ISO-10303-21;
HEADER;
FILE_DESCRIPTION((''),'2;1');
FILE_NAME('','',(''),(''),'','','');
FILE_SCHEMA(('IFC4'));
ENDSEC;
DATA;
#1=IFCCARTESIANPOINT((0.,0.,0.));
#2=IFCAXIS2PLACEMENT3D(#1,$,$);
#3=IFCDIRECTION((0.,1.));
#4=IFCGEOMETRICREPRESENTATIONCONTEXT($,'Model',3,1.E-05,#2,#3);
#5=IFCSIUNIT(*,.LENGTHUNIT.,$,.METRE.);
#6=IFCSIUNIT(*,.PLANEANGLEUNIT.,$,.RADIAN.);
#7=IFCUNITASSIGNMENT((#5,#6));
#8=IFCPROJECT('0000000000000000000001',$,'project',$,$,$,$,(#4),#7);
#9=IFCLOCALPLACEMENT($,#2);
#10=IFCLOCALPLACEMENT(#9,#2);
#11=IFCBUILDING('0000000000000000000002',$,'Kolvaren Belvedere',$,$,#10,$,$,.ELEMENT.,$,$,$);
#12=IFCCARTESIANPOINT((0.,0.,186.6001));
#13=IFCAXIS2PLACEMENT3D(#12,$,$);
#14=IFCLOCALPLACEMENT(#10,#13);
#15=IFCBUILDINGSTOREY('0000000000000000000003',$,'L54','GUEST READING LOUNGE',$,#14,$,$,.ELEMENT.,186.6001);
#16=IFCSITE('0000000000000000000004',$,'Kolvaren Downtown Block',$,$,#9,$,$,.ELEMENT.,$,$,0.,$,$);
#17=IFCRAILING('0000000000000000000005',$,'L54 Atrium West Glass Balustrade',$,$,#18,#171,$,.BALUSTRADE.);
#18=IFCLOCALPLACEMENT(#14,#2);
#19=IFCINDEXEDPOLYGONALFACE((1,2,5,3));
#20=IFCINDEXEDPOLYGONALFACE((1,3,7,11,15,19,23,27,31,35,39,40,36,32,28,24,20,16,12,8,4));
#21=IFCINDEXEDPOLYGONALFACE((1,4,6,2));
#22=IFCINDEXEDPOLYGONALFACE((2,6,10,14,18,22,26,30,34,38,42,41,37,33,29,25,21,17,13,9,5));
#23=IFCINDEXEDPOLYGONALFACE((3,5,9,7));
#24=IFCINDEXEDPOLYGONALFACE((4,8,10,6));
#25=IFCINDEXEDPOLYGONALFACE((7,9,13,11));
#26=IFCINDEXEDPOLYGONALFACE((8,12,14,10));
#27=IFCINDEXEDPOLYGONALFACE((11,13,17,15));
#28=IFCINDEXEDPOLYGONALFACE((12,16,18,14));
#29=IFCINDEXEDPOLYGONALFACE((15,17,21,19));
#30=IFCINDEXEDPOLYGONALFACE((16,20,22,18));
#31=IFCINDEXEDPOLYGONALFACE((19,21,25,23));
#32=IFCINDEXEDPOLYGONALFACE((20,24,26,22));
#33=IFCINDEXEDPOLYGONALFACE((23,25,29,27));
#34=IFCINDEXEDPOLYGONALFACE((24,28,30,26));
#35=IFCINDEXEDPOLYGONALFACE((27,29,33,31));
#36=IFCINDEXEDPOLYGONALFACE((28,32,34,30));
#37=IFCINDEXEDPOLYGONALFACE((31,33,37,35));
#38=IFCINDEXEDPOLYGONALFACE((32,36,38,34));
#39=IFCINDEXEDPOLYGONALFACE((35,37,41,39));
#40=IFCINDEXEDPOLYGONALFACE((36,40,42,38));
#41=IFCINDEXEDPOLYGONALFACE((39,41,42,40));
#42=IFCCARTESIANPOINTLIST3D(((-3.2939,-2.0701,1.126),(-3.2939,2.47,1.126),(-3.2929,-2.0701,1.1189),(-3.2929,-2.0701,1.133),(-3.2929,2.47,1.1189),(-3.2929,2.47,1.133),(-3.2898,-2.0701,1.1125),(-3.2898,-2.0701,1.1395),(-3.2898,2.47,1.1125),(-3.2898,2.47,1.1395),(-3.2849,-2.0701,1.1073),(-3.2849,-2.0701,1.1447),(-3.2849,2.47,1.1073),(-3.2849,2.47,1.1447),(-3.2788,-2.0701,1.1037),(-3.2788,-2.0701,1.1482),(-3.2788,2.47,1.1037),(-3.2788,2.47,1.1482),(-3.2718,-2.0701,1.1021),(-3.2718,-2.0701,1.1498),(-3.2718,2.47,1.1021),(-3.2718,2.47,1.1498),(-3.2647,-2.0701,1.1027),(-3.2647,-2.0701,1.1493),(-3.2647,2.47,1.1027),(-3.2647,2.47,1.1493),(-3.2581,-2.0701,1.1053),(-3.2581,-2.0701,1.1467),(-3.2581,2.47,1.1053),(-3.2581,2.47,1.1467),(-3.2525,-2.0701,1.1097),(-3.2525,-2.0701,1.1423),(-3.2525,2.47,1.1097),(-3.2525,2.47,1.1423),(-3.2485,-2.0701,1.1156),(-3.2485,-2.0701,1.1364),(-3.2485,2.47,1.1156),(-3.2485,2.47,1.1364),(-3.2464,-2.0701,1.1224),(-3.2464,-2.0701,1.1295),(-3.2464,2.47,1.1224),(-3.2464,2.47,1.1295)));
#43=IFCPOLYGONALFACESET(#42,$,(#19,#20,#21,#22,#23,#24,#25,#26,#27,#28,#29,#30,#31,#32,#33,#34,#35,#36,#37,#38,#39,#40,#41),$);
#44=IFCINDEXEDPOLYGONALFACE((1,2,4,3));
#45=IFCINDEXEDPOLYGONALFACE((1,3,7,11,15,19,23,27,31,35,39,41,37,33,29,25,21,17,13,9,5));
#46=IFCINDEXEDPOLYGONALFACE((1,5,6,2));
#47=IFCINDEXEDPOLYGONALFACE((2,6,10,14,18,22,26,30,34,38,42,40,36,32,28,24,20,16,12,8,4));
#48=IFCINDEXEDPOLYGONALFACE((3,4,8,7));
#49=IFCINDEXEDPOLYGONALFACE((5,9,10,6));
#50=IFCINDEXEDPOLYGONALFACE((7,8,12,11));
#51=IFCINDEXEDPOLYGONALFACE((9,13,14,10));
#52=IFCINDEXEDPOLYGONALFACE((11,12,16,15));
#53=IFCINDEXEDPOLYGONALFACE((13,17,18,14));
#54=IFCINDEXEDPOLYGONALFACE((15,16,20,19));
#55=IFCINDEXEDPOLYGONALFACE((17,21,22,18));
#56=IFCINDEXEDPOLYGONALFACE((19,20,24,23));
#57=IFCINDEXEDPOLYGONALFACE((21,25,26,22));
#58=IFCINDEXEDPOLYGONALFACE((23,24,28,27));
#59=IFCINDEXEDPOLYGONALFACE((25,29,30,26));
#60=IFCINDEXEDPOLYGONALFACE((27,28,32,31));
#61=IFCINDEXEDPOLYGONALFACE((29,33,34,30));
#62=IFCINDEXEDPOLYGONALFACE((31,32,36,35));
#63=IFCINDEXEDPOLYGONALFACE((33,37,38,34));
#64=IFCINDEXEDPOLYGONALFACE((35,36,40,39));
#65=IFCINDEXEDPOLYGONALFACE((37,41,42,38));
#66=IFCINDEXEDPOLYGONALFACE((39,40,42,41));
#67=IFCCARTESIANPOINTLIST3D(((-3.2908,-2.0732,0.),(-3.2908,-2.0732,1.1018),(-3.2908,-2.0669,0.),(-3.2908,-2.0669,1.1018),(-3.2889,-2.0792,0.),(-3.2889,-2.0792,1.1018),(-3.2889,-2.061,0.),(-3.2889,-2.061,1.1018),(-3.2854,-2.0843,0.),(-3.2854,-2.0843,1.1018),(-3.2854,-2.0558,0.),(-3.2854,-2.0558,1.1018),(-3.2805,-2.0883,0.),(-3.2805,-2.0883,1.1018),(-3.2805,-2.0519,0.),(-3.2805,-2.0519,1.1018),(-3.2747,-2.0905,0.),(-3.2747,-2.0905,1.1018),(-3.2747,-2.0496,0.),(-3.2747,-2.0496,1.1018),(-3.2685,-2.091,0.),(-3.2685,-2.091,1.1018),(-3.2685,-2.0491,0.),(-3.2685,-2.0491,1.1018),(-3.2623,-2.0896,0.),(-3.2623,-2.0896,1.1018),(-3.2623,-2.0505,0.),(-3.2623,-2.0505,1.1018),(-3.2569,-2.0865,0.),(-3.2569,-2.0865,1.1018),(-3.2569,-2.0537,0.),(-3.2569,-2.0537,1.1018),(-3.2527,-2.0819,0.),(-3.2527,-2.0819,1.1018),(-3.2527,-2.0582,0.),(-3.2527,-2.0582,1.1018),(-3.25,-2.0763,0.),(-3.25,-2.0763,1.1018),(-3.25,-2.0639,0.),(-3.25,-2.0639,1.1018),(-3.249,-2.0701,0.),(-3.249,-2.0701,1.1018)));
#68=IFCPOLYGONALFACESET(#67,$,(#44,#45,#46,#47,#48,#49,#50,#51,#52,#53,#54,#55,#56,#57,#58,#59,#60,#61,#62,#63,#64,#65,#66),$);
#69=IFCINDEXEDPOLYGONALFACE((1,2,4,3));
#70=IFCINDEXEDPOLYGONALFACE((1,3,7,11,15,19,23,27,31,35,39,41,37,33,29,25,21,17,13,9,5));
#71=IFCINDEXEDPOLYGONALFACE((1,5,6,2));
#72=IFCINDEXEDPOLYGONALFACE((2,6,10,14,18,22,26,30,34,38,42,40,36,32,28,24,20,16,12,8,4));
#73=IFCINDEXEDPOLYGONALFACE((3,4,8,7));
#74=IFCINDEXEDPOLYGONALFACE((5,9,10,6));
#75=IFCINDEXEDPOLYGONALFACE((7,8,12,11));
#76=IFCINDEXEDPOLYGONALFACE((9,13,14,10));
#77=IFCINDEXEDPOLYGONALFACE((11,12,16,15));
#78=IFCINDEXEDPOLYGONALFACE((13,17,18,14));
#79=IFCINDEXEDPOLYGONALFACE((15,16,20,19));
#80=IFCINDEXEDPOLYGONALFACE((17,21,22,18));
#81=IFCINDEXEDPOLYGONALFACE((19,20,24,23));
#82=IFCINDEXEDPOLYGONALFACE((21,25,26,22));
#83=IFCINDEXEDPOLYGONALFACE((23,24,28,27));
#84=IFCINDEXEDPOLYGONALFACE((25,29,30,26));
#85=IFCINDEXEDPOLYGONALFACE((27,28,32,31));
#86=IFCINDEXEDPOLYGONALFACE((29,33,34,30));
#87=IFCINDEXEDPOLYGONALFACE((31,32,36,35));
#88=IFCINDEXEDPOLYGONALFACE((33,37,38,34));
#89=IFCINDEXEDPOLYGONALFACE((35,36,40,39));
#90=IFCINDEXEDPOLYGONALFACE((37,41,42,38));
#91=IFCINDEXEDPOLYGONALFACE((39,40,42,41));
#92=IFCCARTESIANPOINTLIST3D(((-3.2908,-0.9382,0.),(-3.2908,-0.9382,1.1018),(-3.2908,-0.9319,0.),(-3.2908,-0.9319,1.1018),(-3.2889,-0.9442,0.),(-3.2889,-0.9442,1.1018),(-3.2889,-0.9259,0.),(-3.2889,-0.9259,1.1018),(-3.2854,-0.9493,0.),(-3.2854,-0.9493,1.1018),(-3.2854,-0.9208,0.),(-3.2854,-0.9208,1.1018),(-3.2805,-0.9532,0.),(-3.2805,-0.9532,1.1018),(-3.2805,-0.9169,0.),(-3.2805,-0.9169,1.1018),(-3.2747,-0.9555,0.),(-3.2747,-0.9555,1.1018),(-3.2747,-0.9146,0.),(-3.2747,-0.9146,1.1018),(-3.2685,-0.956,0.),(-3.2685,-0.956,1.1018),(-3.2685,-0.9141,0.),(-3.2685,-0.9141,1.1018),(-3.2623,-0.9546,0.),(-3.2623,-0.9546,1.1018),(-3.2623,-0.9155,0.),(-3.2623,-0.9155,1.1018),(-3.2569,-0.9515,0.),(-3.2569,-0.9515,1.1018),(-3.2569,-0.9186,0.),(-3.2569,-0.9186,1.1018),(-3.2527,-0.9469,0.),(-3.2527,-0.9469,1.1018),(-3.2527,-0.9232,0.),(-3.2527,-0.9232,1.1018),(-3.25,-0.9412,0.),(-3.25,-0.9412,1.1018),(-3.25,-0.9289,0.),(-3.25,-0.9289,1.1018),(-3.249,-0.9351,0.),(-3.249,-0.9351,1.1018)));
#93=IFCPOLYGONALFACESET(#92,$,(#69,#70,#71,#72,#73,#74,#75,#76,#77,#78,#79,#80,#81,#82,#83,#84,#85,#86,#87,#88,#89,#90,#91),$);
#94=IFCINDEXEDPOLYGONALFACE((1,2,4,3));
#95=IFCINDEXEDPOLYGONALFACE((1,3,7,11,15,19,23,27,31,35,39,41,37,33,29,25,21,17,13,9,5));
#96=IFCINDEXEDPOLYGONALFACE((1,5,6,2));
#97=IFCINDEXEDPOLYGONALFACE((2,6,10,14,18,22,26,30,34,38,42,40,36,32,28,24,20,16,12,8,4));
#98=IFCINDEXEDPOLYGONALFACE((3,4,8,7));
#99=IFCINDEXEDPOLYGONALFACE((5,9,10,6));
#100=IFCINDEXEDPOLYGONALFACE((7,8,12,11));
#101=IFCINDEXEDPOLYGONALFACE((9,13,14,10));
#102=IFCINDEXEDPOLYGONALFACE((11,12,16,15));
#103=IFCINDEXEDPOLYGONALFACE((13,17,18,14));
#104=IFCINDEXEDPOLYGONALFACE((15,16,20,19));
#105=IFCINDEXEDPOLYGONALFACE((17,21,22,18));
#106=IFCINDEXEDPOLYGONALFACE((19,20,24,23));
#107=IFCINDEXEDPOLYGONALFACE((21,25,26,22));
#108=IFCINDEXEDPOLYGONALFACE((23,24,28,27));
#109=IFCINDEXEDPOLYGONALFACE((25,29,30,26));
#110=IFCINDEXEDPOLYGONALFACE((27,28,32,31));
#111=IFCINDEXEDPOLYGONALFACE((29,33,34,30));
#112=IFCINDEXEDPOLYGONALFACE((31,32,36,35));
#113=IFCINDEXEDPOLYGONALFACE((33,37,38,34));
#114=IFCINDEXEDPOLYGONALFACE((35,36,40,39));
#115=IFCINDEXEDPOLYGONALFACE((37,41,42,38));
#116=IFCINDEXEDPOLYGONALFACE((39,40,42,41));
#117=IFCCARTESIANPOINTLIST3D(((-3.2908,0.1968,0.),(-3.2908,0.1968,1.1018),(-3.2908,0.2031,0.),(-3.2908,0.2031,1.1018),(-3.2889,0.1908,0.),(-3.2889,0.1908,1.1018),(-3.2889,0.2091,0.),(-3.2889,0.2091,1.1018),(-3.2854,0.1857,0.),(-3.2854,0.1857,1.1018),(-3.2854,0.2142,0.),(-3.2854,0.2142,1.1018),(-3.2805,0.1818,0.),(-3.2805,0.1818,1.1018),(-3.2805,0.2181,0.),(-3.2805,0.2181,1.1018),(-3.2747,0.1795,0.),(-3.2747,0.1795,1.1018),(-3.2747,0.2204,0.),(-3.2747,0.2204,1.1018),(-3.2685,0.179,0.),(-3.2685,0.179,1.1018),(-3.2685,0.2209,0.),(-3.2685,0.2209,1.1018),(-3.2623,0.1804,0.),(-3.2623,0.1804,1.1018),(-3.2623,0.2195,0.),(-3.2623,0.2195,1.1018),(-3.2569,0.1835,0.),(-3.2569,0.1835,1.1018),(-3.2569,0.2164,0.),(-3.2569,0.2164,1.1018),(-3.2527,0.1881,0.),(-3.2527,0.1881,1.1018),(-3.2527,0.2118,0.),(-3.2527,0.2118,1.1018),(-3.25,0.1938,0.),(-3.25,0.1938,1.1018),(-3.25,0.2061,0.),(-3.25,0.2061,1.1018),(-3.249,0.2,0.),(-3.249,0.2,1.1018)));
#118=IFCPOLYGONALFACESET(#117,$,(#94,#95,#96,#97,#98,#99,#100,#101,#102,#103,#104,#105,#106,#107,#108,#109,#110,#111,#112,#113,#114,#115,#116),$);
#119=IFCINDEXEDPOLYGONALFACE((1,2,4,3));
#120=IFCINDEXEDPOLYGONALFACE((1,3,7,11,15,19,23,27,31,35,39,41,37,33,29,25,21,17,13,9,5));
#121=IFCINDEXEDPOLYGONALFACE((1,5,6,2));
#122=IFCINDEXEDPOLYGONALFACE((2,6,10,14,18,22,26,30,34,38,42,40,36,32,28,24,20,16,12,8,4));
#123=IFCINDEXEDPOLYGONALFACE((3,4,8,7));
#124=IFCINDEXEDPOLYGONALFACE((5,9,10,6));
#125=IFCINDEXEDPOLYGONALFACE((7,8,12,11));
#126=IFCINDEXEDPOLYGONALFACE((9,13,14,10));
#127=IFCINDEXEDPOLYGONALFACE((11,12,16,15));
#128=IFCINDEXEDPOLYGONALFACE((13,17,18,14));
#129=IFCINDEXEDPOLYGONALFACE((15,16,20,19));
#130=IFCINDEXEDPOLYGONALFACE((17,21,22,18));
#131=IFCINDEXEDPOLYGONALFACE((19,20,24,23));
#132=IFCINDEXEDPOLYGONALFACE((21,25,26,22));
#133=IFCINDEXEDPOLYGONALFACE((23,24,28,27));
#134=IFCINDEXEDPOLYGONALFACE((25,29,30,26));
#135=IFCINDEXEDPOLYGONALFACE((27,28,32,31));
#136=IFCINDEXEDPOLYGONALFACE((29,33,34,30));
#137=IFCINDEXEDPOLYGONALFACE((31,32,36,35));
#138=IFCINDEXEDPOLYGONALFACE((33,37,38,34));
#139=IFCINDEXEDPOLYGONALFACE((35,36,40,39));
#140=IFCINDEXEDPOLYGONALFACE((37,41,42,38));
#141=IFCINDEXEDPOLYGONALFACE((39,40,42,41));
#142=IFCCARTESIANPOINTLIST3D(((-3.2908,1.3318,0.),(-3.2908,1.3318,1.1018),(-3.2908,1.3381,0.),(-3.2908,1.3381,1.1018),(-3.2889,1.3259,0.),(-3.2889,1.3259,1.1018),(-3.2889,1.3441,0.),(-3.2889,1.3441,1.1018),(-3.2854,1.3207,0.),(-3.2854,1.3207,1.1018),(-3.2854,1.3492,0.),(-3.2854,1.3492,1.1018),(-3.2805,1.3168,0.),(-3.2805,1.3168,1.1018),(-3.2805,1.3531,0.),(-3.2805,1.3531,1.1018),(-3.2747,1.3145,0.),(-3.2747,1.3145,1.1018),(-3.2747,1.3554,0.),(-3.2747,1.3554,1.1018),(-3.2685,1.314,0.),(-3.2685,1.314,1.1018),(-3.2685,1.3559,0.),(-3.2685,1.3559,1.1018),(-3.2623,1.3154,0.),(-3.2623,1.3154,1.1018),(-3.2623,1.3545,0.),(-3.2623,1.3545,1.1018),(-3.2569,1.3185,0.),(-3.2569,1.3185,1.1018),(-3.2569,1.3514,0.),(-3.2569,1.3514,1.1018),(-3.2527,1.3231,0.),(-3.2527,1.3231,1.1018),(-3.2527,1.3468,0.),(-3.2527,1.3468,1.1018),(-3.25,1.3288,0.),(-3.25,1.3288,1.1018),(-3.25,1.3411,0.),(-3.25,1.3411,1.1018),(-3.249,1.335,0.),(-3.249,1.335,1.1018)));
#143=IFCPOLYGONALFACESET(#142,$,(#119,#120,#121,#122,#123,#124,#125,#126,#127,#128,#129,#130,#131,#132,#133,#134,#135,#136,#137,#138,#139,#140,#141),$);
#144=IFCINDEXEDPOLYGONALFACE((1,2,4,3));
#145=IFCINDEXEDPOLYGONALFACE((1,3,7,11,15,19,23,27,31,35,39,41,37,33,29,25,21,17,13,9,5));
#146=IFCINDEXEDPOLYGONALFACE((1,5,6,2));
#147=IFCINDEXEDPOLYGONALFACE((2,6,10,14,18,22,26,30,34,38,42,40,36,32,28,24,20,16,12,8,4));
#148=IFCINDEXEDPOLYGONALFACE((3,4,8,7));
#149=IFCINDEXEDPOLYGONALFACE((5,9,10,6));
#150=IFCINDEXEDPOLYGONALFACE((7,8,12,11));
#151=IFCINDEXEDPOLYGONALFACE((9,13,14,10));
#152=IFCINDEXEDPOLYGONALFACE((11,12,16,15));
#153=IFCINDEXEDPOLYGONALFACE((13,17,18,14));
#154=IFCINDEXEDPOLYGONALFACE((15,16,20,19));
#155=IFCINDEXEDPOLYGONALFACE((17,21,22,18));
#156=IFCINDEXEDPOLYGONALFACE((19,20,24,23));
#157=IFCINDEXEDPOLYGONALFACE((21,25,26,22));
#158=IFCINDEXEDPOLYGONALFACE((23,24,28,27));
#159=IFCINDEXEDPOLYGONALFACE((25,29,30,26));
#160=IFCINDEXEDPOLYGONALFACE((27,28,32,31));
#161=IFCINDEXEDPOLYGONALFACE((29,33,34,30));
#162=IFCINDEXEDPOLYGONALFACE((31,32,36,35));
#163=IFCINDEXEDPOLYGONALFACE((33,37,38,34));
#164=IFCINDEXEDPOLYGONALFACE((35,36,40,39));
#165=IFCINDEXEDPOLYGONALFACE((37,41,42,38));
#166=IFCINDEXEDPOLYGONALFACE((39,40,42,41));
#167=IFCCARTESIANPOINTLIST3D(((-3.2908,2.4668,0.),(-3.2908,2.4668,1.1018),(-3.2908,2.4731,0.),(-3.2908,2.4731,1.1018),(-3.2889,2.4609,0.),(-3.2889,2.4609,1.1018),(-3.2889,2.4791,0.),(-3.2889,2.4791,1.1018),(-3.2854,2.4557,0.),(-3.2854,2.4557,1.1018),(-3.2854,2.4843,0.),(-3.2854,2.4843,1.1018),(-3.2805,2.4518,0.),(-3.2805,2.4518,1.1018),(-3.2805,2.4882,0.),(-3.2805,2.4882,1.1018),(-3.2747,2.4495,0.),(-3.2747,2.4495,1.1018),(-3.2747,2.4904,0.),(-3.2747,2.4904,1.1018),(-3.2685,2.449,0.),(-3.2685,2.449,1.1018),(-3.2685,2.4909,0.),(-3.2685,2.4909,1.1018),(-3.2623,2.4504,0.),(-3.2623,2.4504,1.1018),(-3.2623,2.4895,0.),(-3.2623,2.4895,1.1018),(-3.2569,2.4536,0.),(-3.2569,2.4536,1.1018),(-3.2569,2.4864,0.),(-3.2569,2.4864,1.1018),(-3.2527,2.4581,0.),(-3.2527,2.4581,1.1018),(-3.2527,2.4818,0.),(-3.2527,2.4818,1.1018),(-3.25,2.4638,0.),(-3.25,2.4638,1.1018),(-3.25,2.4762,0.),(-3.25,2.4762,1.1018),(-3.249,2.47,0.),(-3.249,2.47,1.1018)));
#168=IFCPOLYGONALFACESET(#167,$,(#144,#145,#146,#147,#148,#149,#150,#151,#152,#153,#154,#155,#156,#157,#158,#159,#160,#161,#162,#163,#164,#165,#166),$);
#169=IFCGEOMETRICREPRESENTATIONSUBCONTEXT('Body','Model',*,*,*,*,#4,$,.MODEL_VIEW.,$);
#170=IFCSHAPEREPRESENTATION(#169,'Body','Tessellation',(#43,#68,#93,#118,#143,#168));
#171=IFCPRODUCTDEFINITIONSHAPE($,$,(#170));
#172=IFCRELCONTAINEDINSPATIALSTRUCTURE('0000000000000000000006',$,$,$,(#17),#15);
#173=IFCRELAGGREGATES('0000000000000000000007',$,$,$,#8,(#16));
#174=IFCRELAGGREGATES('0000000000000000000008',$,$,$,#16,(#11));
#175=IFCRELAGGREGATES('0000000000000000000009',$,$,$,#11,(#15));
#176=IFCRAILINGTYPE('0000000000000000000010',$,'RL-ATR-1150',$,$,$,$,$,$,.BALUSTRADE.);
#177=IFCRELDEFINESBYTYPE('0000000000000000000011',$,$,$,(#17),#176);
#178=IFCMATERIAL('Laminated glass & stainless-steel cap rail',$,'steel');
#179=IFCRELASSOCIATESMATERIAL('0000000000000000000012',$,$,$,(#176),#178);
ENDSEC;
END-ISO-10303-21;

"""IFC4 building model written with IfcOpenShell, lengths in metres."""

from ifc_helpers import new_model, si_unit, direction, frame, origin, origin_2d, place, context, subcontext, project, spatial, circle, extrude, material, type_object, element, save


model = new_model("IFC4")

# Units and contexts
model_context = context("Model", 3, precision=1e-05, world=origin(), true_north=direction((0.0, 1.0)))
body_context = subcontext(model_context, "Body", "Model", "MODEL_VIEW")
ifc_project = project(units=[si_unit("LENGTHUNIT", "METRE"), si_unit("PLANEANGLEUNIT", "RADIAN")], contexts=[model_context])

# Site, building, storey
site_placement = place(None, origin())
site = spatial("IfcSite", under=ifc_project, at=site_placement, Name="Kolvaren Downtown Block", CompositionType="ELEMENT", RefElevation=0.0)
building_placement = place(site_placement, origin())
building = spatial("IfcBuilding", under=site, at=building_placement, Name="Kolvaren Belvedere", CompositionType="ELEMENT")
storey_placement = place(building_placement, frame((0.0, 0.0, 186.6001)))
storey = spatial("IfcBuildingStorey", under=building, at=storey_placement, Name="L54", Description="GUEST READING LOUNGE", CompositionType="ELEMENT", Elevation=186.6001)

# Railing
ifc_material_1 = material(Name="Laminated glass & stainless-steel cap rail", Category="steel")
railing_type_1 = type_object("IfcRailingType", Name="RL-ATR-1150", PredefinedType="BALUSTRADE", material=ifc_material_1)
railing_1_placement = place(storey_placement, frame((-3.27, -2.0701, 0.0)))
element("IfcRailing", 1, at=railing_1_placement, inside=storey, type_object=railing_type_1, Name="L54 Atrium West Glass Balustrade", PredefinedType="BALUSTRADE", context=body_context, shape_type="SweptSolid", body=[
    extrude(circle(Radius=0.0239, at=origin_2d()), frame((0.0, 0.0, 1.126), z_axis=(0.0, 1.0, 0.0), x_axis=(-1.0, 0.0, 0.0)), (0.0, 0.0, 1.0), 4.54),
    extrude(circle(Radius=0.021, at=origin_2d()), origin(), (0.0, 0.0, 1.0), 1.1018),
    extrude(circle(Radius=0.021, at=origin_2d()), frame((0.0, 1.135, 0.0)), (0.0, 0.0, 1.0), 1.1018),
    extrude(circle(Radius=0.021, at=origin_2d()), frame((0.0, 2.27, 0.0)), (0.0, 0.0, 1.0), 1.1018),
    extrude(circle(Radius=0.021, at=origin_2d()), frame((0.0, 3.405, 0.0)), (0.0, 0.0, 1.0), 1.1018),
    extrude(circle(Radius=0.021, at=origin_2d()), frame((0.0, 4.54, 0.0)), (0.0, 0.0, 1.0), 1.1018),
])

save(model, "model.ifc")
